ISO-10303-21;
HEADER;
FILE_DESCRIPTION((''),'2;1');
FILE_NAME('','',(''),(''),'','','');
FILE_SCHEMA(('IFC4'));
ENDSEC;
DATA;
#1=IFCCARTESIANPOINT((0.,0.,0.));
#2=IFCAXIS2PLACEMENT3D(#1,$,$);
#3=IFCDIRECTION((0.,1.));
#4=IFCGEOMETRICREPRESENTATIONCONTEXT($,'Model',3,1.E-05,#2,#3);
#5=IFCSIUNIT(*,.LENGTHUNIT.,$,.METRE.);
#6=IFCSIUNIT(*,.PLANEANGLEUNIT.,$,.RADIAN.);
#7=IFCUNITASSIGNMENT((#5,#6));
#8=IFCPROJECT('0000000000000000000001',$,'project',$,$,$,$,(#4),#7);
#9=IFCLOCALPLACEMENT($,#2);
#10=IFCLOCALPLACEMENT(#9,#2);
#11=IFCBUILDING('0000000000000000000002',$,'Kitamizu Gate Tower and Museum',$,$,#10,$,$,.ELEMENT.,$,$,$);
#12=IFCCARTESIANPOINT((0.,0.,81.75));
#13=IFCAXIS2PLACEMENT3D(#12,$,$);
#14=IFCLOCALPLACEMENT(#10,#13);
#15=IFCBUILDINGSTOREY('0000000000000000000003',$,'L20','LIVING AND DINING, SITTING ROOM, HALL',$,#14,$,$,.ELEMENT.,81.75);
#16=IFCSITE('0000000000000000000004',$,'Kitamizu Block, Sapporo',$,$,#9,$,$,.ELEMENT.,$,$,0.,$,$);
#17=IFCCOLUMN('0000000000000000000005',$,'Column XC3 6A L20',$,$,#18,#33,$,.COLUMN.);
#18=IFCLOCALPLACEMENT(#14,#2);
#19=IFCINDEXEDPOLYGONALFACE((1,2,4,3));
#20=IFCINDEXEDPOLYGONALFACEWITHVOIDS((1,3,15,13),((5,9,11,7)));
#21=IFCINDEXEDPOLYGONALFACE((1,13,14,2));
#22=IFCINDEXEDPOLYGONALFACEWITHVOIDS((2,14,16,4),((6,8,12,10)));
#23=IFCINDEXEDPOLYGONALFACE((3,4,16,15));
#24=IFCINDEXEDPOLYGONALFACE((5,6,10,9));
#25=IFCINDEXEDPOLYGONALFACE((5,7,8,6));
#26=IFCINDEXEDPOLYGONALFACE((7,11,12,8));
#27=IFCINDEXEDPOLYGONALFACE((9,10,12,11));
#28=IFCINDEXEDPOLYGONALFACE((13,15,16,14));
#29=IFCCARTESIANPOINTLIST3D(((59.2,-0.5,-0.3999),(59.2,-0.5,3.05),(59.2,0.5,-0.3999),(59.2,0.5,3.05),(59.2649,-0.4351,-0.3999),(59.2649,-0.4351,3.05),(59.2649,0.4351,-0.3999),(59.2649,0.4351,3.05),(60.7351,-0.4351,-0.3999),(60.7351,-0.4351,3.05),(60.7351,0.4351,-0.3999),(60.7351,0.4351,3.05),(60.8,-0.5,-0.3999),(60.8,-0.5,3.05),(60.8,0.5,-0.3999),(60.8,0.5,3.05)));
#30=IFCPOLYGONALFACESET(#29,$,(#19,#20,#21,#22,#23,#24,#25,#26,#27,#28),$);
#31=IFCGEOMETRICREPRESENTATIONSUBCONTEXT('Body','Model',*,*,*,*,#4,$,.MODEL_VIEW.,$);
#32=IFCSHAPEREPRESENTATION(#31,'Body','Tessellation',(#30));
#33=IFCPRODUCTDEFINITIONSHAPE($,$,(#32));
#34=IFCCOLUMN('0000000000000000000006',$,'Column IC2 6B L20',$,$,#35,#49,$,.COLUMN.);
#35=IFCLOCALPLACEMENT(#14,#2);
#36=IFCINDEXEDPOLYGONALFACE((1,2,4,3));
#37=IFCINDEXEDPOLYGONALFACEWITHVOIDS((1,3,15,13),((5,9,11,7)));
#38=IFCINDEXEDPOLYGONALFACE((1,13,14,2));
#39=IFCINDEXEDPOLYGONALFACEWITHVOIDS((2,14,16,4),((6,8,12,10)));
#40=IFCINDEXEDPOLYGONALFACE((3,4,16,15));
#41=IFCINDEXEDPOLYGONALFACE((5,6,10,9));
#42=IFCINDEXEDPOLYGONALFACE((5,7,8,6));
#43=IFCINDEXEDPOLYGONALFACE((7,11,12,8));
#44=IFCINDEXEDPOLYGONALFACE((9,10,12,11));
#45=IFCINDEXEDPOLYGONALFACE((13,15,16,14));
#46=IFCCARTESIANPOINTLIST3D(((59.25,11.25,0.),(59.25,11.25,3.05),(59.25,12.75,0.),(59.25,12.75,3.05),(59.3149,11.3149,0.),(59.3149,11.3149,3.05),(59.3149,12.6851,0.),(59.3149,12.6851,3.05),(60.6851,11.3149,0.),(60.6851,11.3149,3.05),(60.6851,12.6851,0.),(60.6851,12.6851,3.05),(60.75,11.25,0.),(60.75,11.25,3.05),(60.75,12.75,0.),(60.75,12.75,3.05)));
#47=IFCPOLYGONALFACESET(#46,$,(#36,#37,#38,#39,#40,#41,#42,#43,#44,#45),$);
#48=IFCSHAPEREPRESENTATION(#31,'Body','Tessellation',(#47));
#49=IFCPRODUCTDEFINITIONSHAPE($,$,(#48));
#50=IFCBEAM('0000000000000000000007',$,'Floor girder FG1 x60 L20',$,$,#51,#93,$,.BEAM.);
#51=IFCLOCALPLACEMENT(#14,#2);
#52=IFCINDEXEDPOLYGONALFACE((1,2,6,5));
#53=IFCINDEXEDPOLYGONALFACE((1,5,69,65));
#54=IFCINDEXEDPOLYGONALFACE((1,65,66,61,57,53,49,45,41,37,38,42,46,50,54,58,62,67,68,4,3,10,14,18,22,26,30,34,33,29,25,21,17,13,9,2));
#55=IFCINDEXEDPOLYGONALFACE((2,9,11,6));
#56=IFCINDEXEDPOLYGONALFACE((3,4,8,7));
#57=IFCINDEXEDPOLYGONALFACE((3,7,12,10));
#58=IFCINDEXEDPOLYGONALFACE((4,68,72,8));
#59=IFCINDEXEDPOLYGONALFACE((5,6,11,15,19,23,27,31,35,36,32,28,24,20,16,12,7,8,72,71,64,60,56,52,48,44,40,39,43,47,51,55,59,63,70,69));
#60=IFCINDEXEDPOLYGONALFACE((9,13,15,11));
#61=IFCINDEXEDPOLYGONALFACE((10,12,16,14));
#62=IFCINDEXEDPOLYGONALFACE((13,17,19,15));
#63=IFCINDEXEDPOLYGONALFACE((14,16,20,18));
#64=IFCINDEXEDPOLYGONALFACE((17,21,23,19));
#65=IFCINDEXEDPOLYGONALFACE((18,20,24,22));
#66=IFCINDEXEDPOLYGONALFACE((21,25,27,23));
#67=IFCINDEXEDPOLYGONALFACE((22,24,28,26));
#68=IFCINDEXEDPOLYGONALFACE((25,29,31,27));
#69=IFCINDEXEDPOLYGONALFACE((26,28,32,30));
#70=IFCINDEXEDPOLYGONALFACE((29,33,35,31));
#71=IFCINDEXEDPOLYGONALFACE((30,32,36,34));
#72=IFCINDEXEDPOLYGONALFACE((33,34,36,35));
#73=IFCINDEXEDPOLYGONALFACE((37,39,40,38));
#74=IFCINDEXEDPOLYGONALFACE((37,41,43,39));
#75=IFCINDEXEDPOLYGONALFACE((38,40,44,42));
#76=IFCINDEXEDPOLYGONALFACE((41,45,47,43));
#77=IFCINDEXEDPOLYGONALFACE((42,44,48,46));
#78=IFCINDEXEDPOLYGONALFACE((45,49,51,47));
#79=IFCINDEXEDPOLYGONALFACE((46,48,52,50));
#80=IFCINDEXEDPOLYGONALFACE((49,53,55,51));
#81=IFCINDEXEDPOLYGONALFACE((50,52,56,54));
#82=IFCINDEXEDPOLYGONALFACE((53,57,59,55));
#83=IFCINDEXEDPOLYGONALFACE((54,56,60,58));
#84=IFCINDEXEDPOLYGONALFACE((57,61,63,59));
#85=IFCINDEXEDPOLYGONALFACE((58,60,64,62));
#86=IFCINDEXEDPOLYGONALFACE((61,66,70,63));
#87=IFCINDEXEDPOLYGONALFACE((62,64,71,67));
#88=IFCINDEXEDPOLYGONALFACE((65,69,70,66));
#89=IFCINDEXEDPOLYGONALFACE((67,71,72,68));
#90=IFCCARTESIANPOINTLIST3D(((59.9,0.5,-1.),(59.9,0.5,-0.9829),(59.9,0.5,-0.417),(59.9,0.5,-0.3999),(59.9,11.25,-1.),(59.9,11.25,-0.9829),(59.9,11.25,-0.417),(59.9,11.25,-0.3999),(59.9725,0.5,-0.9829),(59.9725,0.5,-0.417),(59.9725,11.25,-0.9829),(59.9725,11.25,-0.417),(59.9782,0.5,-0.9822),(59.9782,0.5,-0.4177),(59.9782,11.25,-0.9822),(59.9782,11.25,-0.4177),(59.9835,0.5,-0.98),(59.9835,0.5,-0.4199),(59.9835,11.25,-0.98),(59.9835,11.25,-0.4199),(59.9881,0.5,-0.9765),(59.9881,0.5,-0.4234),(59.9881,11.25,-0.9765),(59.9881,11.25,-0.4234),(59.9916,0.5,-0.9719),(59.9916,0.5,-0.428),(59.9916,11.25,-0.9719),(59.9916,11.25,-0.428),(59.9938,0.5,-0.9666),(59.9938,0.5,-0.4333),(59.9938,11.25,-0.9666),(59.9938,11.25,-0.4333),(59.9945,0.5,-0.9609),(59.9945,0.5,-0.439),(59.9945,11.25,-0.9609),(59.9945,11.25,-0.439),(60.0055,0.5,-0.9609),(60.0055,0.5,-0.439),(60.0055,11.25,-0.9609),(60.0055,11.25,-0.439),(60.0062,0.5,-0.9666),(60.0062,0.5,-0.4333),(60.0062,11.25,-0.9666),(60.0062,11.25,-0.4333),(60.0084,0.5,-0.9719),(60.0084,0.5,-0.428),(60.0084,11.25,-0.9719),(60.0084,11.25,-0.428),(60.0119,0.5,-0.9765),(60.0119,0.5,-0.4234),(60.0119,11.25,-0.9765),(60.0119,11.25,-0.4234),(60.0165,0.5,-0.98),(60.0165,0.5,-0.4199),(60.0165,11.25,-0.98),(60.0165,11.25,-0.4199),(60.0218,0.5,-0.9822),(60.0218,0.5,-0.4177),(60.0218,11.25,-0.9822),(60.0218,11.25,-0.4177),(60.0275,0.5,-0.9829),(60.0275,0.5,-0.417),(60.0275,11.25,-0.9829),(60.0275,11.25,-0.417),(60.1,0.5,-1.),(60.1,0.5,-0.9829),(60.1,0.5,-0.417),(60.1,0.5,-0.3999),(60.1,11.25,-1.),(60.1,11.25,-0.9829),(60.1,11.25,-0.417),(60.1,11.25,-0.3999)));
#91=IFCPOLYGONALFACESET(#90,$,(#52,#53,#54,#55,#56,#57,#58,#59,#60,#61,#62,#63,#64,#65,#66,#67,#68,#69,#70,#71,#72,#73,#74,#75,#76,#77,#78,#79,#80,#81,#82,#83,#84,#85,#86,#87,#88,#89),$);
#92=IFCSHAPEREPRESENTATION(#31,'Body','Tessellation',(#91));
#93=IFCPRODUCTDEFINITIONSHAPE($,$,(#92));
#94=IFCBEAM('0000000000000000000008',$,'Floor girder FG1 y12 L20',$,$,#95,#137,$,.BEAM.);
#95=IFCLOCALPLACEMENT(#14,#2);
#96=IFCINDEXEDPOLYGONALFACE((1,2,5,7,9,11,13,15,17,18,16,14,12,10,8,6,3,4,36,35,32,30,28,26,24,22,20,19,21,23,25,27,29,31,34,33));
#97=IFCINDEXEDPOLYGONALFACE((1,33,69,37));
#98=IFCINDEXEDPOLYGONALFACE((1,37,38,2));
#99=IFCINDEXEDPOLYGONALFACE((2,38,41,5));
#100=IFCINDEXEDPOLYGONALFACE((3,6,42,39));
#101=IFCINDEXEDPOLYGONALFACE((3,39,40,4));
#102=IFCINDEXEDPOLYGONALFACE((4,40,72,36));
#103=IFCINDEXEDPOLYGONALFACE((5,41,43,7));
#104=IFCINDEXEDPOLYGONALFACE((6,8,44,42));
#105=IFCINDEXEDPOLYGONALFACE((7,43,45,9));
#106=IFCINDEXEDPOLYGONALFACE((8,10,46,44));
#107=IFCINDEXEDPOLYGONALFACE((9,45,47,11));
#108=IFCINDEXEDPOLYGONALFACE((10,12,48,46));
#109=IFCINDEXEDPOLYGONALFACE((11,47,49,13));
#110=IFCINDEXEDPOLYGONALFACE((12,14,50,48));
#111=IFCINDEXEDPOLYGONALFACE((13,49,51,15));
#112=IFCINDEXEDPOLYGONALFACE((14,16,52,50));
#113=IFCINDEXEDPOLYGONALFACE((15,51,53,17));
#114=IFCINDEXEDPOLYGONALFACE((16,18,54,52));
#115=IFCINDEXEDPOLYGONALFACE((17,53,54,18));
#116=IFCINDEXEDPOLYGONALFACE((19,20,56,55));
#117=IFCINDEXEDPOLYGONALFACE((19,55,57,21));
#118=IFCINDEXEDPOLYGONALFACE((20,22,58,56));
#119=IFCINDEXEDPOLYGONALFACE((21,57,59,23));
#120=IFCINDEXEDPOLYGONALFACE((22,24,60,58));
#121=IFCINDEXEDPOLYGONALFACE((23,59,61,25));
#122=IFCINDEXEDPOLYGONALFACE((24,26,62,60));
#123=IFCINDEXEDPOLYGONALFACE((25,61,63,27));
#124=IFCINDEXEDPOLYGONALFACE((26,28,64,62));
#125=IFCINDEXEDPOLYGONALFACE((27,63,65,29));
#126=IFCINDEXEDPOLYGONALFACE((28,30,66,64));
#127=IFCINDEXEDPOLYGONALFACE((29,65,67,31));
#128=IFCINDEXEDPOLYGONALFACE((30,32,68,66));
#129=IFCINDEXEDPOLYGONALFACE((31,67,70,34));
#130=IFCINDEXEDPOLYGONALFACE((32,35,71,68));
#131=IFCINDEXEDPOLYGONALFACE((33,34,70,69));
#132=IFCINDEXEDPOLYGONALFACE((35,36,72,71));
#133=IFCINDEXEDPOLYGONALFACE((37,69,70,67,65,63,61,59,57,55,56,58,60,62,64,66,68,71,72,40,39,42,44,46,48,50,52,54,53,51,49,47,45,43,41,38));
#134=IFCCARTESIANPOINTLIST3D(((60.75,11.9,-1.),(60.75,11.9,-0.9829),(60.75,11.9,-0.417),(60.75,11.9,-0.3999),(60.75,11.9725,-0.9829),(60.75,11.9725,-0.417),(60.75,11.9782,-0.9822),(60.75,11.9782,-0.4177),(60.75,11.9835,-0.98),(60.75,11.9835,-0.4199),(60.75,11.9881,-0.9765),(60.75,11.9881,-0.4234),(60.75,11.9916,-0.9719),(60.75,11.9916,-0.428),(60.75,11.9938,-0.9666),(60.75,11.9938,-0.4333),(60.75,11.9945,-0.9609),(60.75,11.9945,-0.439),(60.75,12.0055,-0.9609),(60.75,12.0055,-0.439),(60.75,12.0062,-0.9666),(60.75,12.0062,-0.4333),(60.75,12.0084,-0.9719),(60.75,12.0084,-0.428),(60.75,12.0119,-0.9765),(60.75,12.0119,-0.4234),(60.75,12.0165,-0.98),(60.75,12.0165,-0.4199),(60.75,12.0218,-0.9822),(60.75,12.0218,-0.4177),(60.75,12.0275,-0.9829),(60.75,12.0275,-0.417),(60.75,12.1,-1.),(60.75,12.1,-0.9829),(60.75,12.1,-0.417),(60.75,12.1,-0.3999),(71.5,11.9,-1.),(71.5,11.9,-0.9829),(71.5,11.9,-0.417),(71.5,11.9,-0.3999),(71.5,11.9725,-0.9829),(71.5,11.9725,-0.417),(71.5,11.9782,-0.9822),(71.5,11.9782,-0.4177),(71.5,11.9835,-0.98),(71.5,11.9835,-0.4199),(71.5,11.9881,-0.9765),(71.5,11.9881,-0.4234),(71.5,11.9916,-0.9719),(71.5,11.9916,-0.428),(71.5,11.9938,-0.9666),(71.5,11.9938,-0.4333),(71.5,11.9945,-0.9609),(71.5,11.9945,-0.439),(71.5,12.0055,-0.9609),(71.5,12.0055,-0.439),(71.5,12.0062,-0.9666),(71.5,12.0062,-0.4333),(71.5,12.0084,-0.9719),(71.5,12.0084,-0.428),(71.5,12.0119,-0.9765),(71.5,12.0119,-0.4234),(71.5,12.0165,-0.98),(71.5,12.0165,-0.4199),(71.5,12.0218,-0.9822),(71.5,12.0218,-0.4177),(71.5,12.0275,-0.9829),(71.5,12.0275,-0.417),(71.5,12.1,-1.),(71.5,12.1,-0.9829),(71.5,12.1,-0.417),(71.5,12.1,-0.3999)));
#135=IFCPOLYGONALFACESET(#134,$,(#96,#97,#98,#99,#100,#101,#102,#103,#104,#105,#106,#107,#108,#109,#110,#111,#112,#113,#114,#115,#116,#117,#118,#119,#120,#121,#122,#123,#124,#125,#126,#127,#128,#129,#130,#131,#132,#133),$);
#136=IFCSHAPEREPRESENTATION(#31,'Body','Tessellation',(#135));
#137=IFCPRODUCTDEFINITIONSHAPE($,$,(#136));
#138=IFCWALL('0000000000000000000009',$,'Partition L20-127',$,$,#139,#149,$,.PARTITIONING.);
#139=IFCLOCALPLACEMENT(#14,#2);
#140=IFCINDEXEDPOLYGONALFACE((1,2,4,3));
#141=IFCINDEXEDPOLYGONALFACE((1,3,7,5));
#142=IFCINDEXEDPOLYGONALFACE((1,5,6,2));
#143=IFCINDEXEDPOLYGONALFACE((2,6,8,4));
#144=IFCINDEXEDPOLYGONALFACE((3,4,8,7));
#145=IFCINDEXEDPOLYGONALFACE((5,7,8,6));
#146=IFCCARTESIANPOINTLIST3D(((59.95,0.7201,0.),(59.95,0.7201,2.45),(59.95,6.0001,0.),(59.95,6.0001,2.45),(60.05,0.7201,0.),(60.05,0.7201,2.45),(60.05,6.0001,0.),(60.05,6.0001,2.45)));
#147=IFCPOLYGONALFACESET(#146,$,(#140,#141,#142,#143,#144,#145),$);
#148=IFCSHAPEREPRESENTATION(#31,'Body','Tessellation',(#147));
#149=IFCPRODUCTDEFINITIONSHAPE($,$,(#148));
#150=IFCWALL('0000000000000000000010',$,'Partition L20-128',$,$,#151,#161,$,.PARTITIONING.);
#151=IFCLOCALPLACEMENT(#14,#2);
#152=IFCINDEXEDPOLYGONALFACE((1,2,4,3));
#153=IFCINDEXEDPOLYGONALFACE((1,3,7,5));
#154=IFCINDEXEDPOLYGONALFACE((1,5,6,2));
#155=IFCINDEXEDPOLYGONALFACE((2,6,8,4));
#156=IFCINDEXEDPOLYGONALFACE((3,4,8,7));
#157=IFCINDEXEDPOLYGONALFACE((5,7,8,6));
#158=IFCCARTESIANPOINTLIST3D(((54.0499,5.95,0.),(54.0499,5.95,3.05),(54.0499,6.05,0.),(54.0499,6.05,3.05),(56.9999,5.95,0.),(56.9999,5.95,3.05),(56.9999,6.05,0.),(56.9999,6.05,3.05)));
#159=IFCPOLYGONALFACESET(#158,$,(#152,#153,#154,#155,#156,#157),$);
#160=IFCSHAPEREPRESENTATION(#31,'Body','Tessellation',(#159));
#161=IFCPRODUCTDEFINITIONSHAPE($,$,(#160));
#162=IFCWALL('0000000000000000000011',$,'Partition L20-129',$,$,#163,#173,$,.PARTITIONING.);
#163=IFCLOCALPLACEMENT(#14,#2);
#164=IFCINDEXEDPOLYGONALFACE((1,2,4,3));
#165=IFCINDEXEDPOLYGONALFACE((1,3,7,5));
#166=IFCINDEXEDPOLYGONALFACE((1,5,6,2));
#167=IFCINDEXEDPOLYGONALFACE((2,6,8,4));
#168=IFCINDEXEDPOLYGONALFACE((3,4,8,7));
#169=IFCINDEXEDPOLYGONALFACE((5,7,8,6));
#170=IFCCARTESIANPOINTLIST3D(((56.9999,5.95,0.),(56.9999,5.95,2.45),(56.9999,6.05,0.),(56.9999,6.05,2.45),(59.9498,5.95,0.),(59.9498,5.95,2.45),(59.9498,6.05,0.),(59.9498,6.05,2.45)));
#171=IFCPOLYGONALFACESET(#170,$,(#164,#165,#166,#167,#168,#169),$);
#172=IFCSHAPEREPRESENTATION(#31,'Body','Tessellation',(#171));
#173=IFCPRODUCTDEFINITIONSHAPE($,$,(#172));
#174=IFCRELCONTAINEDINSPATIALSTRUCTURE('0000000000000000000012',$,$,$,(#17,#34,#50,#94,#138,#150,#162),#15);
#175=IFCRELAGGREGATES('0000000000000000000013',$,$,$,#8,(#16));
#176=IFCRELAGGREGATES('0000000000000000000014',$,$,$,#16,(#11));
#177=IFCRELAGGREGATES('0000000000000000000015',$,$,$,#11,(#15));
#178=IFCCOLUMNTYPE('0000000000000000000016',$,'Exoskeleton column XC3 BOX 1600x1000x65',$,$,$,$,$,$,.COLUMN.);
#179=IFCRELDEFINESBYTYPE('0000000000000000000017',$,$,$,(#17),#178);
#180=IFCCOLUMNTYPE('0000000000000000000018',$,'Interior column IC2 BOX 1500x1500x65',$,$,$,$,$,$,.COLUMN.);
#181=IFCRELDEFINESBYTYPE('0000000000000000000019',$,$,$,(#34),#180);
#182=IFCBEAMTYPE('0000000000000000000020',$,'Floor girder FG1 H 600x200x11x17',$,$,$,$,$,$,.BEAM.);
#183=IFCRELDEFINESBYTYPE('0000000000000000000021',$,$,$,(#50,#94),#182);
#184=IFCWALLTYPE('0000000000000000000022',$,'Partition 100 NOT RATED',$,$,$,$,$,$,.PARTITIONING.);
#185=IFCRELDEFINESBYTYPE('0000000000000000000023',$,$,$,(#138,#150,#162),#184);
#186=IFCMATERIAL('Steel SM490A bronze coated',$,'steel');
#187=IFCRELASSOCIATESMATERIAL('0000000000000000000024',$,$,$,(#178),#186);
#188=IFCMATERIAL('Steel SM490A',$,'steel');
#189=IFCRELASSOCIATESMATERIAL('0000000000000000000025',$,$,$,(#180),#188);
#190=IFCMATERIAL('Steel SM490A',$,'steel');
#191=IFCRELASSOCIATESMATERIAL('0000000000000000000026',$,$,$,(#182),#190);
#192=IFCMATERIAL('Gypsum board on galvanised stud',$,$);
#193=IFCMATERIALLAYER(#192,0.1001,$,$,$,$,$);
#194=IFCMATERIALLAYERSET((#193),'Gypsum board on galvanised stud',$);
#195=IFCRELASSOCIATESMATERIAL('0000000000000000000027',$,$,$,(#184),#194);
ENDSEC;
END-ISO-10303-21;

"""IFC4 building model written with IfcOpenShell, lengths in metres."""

from ifc_helpers import new_model, si_unit, direction, frame, frame_2d, origin, origin_2d, place, context, subcontext, project, spatial, rectangle, hollow_rectangle, i_section, extrude, material, layer, layer_set, material_profile, profile_set, type_object, element, save


model = new_model("IFC4")

# Units and contexts
model_context = context("Model", 3, precision=1e-05, world=origin(), true_north=direction((0.0, 1.0)))
body_context = subcontext(model_context, "Body", "Model", "MODEL_VIEW")
ifc_project = project(units=[si_unit("LENGTHUNIT", "METRE"), si_unit("PLANEANGLEUNIT", "RADIAN")], contexts=[model_context])

# Site, building, storey
site_placement = place(None, origin())
site = spatial("IfcSite", under=ifc_project, at=site_placement, Name="Kitamizu Block, Sapporo", CompositionType="ELEMENT", RefElevation=0.0)
building_placement = place(site_placement, origin())
building = spatial("IfcBuilding", under=site, at=building_placement, Name="Kitamizu Gate Tower and Museum", CompositionType="ELEMENT")
storey_placement = place(building_placement, frame((0.0, 0.0, 81.75)))
storey = spatial("IfcBuildingStorey", under=building, at=storey_placement, Name="L20", Description="LIVING AND DINING, SITTING ROOM, HALL", CompositionType="ELEMENT", Elevation=81.75)

# Columns
ifc_material_1 = material(Name="Steel SM490A bronze coated", Category="steel")
ifc_material_profile_1 = material_profile(ifc_material_1, hollow_rectangle(XDim=1.6001, YDim=1.0, WallThickness=0.0649, at=origin_2d()), Name="BOX 1600x1000x65")
ifc_profile_set_1 = profile_set([ifc_material_profile_1], Name="Steel SM490A bronze coated")
column_type_1 = type_object("IfcColumnType", Name="Exoskeleton column XC3 BOX 1600x1000x65", PredefinedType="COLUMN", material=ifc_profile_set_1)
column_1_placement = place(storey_placement, frame((60.0, 0.0, -0.3999), z_axis=(0.0, 0.0, 1.0), x_axis=(1.0, 0.0, 0.0)))
element("IfcColumn", 1, at=column_1_placement, inside=storey, type_object=column_type_1, Name="Column XC3 6A L20", PredefinedType="COLUMN", context=body_context, shape_type="SweptSolid", body=[
    extrude(hollow_rectangle(XDim=1.6001, YDim=1.0, WallThickness=0.0649, at=origin_2d()), origin(), (0.0, 0.0, 1.0), 3.45),
])
ifc_material_2 = material(Name="Steel SM490A", Category="steel")
ifc_material_profile_2 = material_profile(ifc_material_2, hollow_rectangle(XDim=1.5, YDim=1.5, WallThickness=0.0649, at=origin_2d()), Name="BOX 1500x1500x65")
ifc_profile_set_2 = profile_set([ifc_material_profile_2], Name="Steel SM490A")
column_type_2 = type_object("IfcColumnType", Name="Interior column IC2 BOX 1500x1500x65", PredefinedType="COLUMN", material=ifc_profile_set_2)
column_2_placement = place(storey_placement, frame((60.0, 12.0, 0.0), z_axis=(0.0, 0.0, 1.0), x_axis=(1.0, 0.0, 0.0)))
element("IfcColumn", 2, at=column_2_placement, inside=storey, type_object=column_type_2, Name="Column IC2 6B L20", PredefinedType="COLUMN", context=body_context, shape_type="SweptSolid", body=[
    extrude(hollow_rectangle(XDim=1.5, YDim=1.5, WallThickness=0.0649, at=origin_2d()), origin(), (0.0, 0.0, 1.0), 3.05),
])

# Beams
ifc_material_3 = material(Name="Steel SM490A", Category="steel")
ifc_material_profile_3 = material_profile(ifc_material_3, i_section(OverallWidth=0.2, OverallDepth=0.6001, WebThickness=0.011, FlangeThickness=0.0171, FilletRadius=0.022, at=origin_2d()), Name="H-600x200x11x17")
ifc_profile_set_3 = profile_set([ifc_material_profile_3], Name="Steel SM490A")
beam_type = type_object("IfcBeamType", Name="Floor girder FG1 H 600x200x11x17", PredefinedType="BEAM", material=ifc_profile_set_3)
for number, where, z_axis, x_axis, name in (
    (3, (60.0, 0.5, -0.7), (0.0, 1.0, 0.0), (-1.0, 0.0, 0.0), "Floor girder FG1 x60 L20"),
    (4, (60.75, 12.0, -0.7), (1.0, 0.0, 0.0), (0.0, 1.0, 0.0), "Floor girder FG1 y12 L20"),
):
    element("IfcBeam", number, at=place(storey_placement, frame(where, z_axis=z_axis, x_axis=x_axis)), inside=storey, type_object=beam_type, Name=name, PredefinedType="BEAM", context=body_context, shape_type="SweptSolid", body=[
        extrude(i_section(OverallWidth=0.2, OverallDepth=0.6001, WebThickness=0.011, FlangeThickness=0.0171, FilletRadius=0.022, at=origin_2d()), origin(), (0.0, 0.0, 1.0), 10.75),
    ])

# Walls
ifc_material_4 = material(Name="Gypsum board on galvanised stud")
ifc_layer = layer(ifc_material_4, 0.1001)
ifc_layer_set = layer_set([ifc_layer], Name="Gypsum board on galvanised stud")
wall_type = type_object("IfcWallType", Name="Partition 100 NOT RATED", PredefinedType="PARTITIONING", material=ifc_layer_set)
wall_1_placement = place(storey_placement, frame((60.0, 0.72, 0.0), z_axis=(0.0, 0.0, 1.0), x_axis=(0.0, 1.0, 0.0)))
element("IfcWall", 5, at=wall_1_placement, inside=storey, type_object=wall_type, Name="Partition L20-127", PredefinedType="PARTITIONING", context=body_context, shape_type="SweptSolid", body=[
    extrude(rectangle(XDim=5.28, YDim=0.1001, at=frame_2d((2.6401, 0.0))), origin(), (0.0, 0.0, 1.0), 2.45),
])
wall_2_placement = place(storey_placement, frame((57.0, 6.0, 0.0), z_axis=(0.0, 0.0, 1.0), x_axis=(-1.0, 0.0, 0.0)))
element("IfcWall", 6, at=wall_2_placement, inside=storey, type_object=wall_type, Name="Partition L20-128", PredefinedType="PARTITIONING", context=body_context, shape_type="SweptSolid", body=[
    extrude(rectangle(XDim=2.95, YDim=0.1001, at=frame_2d((1.4751, 0.0))), origin(), (0.0, 0.0, 1.0), 3.05),
])
wall_3_placement = place(storey_placement, frame((59.95, 6.0, 0.0), z_axis=(0.0, 0.0, 1.0), x_axis=(-1.0, 0.0, 0.0)))
element("IfcWall", 7, at=wall_3_placement, inside=storey, type_object=wall_type, Name="Partition L20-129", PredefinedType="PARTITIONING", context=body_context, shape_type="SweptSolid", body=[
    extrude(rectangle(XDim=2.95, YDim=0.1001, at=frame_2d((1.4751, 0.0))), origin(), (0.0, 0.0, 1.0), 2.45),
])

save(model, "model.ifc")
